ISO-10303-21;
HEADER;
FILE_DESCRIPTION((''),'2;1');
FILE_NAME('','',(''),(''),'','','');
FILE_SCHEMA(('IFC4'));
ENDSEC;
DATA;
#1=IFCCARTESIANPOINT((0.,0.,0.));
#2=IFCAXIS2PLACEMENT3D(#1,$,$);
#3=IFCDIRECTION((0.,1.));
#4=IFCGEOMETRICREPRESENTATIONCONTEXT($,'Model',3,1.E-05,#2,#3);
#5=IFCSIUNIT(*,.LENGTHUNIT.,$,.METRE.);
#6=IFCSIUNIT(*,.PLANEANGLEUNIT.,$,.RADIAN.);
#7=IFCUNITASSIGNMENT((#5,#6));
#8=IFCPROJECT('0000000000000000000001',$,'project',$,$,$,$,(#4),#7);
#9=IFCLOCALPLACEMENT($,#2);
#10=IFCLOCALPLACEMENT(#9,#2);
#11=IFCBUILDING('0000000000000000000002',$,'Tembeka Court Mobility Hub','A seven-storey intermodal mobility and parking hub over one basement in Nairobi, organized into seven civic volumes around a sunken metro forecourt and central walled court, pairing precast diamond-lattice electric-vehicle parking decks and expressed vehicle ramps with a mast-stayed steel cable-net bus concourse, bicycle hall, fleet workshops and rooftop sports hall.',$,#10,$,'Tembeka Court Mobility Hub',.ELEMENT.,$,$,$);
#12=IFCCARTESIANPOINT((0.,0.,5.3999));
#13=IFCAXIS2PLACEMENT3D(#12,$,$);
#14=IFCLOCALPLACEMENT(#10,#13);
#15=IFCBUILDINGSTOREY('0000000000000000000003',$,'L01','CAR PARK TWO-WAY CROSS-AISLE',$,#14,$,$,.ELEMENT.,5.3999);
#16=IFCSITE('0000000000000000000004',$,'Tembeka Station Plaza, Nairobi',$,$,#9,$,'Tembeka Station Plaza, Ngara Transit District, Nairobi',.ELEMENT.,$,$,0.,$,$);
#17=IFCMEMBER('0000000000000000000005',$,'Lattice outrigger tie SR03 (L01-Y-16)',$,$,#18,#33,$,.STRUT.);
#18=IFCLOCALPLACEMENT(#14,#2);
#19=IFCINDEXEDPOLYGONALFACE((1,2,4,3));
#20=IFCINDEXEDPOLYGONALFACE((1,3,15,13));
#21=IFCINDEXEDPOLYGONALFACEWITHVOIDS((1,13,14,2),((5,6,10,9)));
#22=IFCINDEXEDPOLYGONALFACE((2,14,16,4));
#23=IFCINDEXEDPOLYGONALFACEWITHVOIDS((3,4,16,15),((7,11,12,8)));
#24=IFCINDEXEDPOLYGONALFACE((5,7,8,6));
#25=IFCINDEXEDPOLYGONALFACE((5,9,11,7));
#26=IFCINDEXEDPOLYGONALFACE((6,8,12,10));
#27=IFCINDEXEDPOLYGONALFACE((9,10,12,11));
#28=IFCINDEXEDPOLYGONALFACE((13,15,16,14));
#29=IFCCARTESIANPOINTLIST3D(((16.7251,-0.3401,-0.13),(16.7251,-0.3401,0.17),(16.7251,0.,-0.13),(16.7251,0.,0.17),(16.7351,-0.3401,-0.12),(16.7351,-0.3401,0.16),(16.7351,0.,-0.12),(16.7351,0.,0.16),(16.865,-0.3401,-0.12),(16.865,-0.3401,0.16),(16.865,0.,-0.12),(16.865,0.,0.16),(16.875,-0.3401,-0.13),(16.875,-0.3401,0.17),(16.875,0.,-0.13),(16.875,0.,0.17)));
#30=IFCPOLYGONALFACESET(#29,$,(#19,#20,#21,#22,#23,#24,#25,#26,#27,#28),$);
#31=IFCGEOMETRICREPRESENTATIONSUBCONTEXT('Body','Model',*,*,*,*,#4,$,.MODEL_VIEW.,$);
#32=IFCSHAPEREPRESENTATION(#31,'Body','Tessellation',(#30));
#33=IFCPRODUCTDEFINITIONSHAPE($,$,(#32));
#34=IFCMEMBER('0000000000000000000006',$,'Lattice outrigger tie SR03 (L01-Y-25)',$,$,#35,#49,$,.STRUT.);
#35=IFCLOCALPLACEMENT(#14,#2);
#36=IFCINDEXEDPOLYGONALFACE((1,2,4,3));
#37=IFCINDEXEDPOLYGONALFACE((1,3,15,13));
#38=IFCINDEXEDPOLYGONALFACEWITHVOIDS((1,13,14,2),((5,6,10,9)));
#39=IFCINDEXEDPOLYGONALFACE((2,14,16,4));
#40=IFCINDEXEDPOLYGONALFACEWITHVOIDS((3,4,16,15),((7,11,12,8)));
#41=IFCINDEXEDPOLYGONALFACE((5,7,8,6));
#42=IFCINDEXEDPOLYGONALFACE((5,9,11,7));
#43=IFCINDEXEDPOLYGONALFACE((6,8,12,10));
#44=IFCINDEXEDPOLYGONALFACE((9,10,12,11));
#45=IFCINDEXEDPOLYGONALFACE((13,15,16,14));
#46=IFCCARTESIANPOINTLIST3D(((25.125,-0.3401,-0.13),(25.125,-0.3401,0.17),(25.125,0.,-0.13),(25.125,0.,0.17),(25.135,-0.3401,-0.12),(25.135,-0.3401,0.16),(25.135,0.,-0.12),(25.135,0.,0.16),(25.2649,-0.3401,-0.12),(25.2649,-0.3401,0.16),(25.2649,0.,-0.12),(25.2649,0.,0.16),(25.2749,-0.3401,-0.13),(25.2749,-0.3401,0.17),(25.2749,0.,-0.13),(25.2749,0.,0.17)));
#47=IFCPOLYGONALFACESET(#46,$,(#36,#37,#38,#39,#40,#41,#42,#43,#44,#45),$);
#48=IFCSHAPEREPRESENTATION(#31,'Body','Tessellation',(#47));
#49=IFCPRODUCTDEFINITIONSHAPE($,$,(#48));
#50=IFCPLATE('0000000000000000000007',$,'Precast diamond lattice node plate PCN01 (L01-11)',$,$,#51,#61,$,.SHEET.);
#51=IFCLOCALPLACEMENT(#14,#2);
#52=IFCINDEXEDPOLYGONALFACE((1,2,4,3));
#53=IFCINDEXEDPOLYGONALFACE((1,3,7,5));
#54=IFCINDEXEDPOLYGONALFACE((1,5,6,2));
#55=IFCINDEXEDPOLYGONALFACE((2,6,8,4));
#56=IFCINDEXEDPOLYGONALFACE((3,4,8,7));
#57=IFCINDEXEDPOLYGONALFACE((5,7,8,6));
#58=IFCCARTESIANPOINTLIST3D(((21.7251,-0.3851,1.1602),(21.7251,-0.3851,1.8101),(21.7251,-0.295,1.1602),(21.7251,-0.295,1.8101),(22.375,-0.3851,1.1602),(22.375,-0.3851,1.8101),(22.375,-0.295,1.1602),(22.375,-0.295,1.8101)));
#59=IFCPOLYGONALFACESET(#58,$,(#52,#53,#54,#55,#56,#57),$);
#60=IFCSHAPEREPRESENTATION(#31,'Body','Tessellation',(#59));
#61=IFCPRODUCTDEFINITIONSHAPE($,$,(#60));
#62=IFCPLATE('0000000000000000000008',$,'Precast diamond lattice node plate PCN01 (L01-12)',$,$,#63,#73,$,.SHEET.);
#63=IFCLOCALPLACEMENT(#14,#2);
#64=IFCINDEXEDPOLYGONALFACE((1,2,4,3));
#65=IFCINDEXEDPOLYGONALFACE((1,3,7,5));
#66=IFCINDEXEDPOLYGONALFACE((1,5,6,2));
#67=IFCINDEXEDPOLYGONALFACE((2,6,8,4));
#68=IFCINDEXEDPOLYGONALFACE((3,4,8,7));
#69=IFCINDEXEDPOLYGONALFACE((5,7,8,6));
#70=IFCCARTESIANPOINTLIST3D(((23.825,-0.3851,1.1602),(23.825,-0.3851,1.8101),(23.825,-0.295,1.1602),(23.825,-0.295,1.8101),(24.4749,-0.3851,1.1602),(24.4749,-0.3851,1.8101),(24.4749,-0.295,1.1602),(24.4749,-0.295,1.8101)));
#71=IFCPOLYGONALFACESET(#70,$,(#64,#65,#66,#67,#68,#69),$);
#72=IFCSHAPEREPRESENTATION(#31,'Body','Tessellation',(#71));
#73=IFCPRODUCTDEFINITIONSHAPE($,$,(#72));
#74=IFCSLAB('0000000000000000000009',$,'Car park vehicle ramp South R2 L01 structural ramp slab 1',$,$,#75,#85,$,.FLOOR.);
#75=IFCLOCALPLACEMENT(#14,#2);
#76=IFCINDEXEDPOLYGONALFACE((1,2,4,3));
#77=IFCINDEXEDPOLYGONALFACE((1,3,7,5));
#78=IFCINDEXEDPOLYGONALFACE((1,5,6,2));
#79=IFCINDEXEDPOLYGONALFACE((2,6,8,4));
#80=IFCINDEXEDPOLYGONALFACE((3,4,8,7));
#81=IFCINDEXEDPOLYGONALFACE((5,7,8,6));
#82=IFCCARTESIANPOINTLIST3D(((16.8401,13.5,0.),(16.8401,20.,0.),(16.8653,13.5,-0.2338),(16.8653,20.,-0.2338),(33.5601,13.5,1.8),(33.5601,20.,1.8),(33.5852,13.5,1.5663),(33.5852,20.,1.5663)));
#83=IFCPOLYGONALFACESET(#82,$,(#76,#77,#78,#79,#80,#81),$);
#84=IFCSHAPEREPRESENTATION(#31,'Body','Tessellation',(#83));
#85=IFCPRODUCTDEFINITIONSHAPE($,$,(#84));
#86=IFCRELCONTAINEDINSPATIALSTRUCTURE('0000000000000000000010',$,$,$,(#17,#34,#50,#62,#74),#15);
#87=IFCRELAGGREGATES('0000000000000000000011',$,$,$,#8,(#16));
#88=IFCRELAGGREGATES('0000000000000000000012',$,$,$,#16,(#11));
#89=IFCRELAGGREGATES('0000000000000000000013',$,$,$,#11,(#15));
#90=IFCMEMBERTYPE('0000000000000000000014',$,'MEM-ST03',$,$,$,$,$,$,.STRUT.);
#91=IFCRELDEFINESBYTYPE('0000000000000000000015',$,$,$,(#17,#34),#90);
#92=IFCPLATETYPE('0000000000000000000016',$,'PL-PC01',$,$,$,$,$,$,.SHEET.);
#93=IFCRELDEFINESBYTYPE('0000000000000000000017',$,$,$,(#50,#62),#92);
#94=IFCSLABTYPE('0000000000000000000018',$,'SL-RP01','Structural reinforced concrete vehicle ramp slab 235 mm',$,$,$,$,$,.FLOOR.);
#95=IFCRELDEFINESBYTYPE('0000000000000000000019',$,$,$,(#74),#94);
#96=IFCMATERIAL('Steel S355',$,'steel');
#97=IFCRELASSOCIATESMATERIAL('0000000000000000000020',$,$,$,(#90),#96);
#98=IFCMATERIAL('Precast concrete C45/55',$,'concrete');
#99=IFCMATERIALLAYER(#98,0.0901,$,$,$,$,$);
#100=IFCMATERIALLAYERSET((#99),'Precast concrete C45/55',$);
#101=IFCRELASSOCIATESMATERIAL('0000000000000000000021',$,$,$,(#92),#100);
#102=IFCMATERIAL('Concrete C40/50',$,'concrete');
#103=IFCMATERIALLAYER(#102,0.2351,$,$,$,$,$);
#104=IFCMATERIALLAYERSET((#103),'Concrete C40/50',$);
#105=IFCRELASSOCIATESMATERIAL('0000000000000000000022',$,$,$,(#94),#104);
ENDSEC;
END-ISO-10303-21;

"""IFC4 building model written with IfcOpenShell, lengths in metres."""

from ifc_helpers import new_model, si_unit, direction, frame, origin, origin_2d, place, context, subcontext, project, spatial, polyline, rectangle, hollow_rectangle, outline, extrude, material, layer, layer_set, material_profile, profile_set, type_object, element, save


model = new_model("IFC4")

# Units and contexts
model_context = context("Model", 3, precision=1e-05, world=origin(), true_north=direction((0.0, 1.0)))
body_context = subcontext(model_context, "Body", "Model", "MODEL_VIEW")
ifc_project = project(units=[si_unit("LENGTHUNIT", "METRE"), si_unit("PLANEANGLEUNIT", "RADIAN")], contexts=[model_context])

# Site, building, storey
site_placement = place(None, origin())
site = spatial("IfcSite", under=ifc_project, at=site_placement, Name="Tembeka Station Plaza, Nairobi", LongName="Tembeka Station Plaza, Ngara Transit District, Nairobi", CompositionType="ELEMENT", RefElevation=0.0)
building_placement = place(site_placement, origin())
building = spatial("IfcBuilding", under=site, at=building_placement, Name="Tembeka Court Mobility Hub", Description="A seven-storey intermodal mobility and parking hub over one basement in Nairobi, organized into seven civic volumes around a sunken metro forecourt and central walled court, pairing precast diamond-lattice electric-vehicle parking decks and expressed vehicle ramps with a mast-stayed steel cable-net bus concourse, bicycle hall, fleet workshops and rooftop sports hall.", LongName="Tembeka Court Mobility Hub", CompositionType="ELEMENT")
storey_placement = place(building_placement, frame((0.0, 0.0, 5.3999)))
storey = spatial("IfcBuildingStorey", under=building, at=storey_placement, Name="L01", Description="CAR PARK TWO-WAY CROSS-AISLE", CompositionType="ELEMENT", Elevation=5.3999)

# Shared definitions
ifc_material_1 = material(Name="Steel S355", Category="steel")

# Shared definitions
ifc_material_2 = material(Name="Precast concrete C45/55", Category="concrete")

# Members
ifc_material_profile_1 = material_profile(ifc_material_1, hollow_rectangle(XDim=0.1499, YDim=0.3, WallThickness=0.01, at=origin_2d()), Name="RHS 300x150x10")
ifc_profile_set_1 = profile_set([ifc_material_profile_1], Name="Steel S355")
member_type_1 = type_object("IfcMemberType", Name="MEM-ST03", PredefinedType="STRUT", material=ifc_profile_set_1)
for number, where, z_axis, x_axis, name in (
    (1, (16.8, 0.0, 0.02), (0.0, -1.0, 0.0), (1.0, 0.0, 0.0), "Lattice outrigger tie SR03 (L01-Y-16)"),
    (2, (25.2, 0.0, 0.02), (0.0, -1.0, 0.0), (1.0, 0.0, 0.0), "Lattice outrigger tie SR03 (L01-Y-25)"),
):
    element("IfcMember", number, at=place(storey_placement, frame(where, z_axis=z_axis, x_axis=x_axis)), inside=storey, type_object=member_type_1, Name=name, PredefinedType="STRUT", context=body_context, shape_type="SweptSolid", body=[
        extrude(hollow_rectangle(XDim=0.1499, YDim=0.3, WallThickness=0.01, at=origin_2d()), origin(), (0.0, 0.0, 1.0), 0.3401),
    ])

# Plates
ifc_layer_1 = layer(ifc_material_2, 0.0901)
ifc_layer_set_1 = layer_set([ifc_layer_1], Name="Precast concrete C45/55")
plate_type = type_object("IfcPlateType", Name="PL-PC01", PredefinedType="SHEET", material=ifc_layer_set_1)
for number, where, z_axis, x_axis, name in (
    (3, (22.05, -0.3401, 1.1602), (0.0, 0.0, 1.0), (1.0, 0.0, 0.0), "Precast diamond lattice node plate PCN01 (L01-11)"),
    (4, (24.1499, -0.3401, 1.1602), (0.0, 0.0, 1.0), (1.0, 0.0, 0.0), "Precast diamond lattice node plate PCN01 (L01-12)"),
):
    element("IfcPlate", number, at=place(storey_placement, frame(where, z_axis=z_axis, x_axis=x_axis)), inside=storey, type_object=plate_type, Name=name, PredefinedType="SHEET", context=body_context, shape_type="SweptSolid", body=[
        extrude(rectangle(XDim=0.6499, YDim=0.0901, at=origin_2d()), origin(), (0.0, 0.0, 1.0), 0.6499),
    ])

# Slab
ifc_material_3 = material(Name="Concrete C40/50", Category="concrete")
ifc_layer_2 = layer(ifc_material_3, 0.2351)
ifc_layer_set_2 = layer_set([ifc_layer_2], Name="Concrete C40/50")
slab_type = type_object("IfcSlabType", Name="SL-RP01", Description="Structural reinforced concrete vehicle ramp slab 235 mm", PredefinedType="FLOOR", material=ifc_layer_set_2)
slab_placement = place(storey_placement, frame((16.8401, 13.5, 0.0), z_axis=(-0.10704, 0.0, 0.994255), x_axis=(0.994255, 0.0, 0.10704)))
element("IfcSlab", 5, at=slab_placement, inside=storey, type_object=slab_type, Name="Car park vehicle ramp South R2 L01 structural ramp slab 1", PredefinedType="FLOOR", context=body_context, shape_type="SweptSolid", body=[
    extrude(outline(polyline([(0.0, 0.0), (16.8166, 0.0), (16.8166, 6.5), (0.0, 6.5), (0.0, 0.0)])), origin(), (0.0, 0.0, -1.0), 0.2351),
])

save(model, "model.ifc")
